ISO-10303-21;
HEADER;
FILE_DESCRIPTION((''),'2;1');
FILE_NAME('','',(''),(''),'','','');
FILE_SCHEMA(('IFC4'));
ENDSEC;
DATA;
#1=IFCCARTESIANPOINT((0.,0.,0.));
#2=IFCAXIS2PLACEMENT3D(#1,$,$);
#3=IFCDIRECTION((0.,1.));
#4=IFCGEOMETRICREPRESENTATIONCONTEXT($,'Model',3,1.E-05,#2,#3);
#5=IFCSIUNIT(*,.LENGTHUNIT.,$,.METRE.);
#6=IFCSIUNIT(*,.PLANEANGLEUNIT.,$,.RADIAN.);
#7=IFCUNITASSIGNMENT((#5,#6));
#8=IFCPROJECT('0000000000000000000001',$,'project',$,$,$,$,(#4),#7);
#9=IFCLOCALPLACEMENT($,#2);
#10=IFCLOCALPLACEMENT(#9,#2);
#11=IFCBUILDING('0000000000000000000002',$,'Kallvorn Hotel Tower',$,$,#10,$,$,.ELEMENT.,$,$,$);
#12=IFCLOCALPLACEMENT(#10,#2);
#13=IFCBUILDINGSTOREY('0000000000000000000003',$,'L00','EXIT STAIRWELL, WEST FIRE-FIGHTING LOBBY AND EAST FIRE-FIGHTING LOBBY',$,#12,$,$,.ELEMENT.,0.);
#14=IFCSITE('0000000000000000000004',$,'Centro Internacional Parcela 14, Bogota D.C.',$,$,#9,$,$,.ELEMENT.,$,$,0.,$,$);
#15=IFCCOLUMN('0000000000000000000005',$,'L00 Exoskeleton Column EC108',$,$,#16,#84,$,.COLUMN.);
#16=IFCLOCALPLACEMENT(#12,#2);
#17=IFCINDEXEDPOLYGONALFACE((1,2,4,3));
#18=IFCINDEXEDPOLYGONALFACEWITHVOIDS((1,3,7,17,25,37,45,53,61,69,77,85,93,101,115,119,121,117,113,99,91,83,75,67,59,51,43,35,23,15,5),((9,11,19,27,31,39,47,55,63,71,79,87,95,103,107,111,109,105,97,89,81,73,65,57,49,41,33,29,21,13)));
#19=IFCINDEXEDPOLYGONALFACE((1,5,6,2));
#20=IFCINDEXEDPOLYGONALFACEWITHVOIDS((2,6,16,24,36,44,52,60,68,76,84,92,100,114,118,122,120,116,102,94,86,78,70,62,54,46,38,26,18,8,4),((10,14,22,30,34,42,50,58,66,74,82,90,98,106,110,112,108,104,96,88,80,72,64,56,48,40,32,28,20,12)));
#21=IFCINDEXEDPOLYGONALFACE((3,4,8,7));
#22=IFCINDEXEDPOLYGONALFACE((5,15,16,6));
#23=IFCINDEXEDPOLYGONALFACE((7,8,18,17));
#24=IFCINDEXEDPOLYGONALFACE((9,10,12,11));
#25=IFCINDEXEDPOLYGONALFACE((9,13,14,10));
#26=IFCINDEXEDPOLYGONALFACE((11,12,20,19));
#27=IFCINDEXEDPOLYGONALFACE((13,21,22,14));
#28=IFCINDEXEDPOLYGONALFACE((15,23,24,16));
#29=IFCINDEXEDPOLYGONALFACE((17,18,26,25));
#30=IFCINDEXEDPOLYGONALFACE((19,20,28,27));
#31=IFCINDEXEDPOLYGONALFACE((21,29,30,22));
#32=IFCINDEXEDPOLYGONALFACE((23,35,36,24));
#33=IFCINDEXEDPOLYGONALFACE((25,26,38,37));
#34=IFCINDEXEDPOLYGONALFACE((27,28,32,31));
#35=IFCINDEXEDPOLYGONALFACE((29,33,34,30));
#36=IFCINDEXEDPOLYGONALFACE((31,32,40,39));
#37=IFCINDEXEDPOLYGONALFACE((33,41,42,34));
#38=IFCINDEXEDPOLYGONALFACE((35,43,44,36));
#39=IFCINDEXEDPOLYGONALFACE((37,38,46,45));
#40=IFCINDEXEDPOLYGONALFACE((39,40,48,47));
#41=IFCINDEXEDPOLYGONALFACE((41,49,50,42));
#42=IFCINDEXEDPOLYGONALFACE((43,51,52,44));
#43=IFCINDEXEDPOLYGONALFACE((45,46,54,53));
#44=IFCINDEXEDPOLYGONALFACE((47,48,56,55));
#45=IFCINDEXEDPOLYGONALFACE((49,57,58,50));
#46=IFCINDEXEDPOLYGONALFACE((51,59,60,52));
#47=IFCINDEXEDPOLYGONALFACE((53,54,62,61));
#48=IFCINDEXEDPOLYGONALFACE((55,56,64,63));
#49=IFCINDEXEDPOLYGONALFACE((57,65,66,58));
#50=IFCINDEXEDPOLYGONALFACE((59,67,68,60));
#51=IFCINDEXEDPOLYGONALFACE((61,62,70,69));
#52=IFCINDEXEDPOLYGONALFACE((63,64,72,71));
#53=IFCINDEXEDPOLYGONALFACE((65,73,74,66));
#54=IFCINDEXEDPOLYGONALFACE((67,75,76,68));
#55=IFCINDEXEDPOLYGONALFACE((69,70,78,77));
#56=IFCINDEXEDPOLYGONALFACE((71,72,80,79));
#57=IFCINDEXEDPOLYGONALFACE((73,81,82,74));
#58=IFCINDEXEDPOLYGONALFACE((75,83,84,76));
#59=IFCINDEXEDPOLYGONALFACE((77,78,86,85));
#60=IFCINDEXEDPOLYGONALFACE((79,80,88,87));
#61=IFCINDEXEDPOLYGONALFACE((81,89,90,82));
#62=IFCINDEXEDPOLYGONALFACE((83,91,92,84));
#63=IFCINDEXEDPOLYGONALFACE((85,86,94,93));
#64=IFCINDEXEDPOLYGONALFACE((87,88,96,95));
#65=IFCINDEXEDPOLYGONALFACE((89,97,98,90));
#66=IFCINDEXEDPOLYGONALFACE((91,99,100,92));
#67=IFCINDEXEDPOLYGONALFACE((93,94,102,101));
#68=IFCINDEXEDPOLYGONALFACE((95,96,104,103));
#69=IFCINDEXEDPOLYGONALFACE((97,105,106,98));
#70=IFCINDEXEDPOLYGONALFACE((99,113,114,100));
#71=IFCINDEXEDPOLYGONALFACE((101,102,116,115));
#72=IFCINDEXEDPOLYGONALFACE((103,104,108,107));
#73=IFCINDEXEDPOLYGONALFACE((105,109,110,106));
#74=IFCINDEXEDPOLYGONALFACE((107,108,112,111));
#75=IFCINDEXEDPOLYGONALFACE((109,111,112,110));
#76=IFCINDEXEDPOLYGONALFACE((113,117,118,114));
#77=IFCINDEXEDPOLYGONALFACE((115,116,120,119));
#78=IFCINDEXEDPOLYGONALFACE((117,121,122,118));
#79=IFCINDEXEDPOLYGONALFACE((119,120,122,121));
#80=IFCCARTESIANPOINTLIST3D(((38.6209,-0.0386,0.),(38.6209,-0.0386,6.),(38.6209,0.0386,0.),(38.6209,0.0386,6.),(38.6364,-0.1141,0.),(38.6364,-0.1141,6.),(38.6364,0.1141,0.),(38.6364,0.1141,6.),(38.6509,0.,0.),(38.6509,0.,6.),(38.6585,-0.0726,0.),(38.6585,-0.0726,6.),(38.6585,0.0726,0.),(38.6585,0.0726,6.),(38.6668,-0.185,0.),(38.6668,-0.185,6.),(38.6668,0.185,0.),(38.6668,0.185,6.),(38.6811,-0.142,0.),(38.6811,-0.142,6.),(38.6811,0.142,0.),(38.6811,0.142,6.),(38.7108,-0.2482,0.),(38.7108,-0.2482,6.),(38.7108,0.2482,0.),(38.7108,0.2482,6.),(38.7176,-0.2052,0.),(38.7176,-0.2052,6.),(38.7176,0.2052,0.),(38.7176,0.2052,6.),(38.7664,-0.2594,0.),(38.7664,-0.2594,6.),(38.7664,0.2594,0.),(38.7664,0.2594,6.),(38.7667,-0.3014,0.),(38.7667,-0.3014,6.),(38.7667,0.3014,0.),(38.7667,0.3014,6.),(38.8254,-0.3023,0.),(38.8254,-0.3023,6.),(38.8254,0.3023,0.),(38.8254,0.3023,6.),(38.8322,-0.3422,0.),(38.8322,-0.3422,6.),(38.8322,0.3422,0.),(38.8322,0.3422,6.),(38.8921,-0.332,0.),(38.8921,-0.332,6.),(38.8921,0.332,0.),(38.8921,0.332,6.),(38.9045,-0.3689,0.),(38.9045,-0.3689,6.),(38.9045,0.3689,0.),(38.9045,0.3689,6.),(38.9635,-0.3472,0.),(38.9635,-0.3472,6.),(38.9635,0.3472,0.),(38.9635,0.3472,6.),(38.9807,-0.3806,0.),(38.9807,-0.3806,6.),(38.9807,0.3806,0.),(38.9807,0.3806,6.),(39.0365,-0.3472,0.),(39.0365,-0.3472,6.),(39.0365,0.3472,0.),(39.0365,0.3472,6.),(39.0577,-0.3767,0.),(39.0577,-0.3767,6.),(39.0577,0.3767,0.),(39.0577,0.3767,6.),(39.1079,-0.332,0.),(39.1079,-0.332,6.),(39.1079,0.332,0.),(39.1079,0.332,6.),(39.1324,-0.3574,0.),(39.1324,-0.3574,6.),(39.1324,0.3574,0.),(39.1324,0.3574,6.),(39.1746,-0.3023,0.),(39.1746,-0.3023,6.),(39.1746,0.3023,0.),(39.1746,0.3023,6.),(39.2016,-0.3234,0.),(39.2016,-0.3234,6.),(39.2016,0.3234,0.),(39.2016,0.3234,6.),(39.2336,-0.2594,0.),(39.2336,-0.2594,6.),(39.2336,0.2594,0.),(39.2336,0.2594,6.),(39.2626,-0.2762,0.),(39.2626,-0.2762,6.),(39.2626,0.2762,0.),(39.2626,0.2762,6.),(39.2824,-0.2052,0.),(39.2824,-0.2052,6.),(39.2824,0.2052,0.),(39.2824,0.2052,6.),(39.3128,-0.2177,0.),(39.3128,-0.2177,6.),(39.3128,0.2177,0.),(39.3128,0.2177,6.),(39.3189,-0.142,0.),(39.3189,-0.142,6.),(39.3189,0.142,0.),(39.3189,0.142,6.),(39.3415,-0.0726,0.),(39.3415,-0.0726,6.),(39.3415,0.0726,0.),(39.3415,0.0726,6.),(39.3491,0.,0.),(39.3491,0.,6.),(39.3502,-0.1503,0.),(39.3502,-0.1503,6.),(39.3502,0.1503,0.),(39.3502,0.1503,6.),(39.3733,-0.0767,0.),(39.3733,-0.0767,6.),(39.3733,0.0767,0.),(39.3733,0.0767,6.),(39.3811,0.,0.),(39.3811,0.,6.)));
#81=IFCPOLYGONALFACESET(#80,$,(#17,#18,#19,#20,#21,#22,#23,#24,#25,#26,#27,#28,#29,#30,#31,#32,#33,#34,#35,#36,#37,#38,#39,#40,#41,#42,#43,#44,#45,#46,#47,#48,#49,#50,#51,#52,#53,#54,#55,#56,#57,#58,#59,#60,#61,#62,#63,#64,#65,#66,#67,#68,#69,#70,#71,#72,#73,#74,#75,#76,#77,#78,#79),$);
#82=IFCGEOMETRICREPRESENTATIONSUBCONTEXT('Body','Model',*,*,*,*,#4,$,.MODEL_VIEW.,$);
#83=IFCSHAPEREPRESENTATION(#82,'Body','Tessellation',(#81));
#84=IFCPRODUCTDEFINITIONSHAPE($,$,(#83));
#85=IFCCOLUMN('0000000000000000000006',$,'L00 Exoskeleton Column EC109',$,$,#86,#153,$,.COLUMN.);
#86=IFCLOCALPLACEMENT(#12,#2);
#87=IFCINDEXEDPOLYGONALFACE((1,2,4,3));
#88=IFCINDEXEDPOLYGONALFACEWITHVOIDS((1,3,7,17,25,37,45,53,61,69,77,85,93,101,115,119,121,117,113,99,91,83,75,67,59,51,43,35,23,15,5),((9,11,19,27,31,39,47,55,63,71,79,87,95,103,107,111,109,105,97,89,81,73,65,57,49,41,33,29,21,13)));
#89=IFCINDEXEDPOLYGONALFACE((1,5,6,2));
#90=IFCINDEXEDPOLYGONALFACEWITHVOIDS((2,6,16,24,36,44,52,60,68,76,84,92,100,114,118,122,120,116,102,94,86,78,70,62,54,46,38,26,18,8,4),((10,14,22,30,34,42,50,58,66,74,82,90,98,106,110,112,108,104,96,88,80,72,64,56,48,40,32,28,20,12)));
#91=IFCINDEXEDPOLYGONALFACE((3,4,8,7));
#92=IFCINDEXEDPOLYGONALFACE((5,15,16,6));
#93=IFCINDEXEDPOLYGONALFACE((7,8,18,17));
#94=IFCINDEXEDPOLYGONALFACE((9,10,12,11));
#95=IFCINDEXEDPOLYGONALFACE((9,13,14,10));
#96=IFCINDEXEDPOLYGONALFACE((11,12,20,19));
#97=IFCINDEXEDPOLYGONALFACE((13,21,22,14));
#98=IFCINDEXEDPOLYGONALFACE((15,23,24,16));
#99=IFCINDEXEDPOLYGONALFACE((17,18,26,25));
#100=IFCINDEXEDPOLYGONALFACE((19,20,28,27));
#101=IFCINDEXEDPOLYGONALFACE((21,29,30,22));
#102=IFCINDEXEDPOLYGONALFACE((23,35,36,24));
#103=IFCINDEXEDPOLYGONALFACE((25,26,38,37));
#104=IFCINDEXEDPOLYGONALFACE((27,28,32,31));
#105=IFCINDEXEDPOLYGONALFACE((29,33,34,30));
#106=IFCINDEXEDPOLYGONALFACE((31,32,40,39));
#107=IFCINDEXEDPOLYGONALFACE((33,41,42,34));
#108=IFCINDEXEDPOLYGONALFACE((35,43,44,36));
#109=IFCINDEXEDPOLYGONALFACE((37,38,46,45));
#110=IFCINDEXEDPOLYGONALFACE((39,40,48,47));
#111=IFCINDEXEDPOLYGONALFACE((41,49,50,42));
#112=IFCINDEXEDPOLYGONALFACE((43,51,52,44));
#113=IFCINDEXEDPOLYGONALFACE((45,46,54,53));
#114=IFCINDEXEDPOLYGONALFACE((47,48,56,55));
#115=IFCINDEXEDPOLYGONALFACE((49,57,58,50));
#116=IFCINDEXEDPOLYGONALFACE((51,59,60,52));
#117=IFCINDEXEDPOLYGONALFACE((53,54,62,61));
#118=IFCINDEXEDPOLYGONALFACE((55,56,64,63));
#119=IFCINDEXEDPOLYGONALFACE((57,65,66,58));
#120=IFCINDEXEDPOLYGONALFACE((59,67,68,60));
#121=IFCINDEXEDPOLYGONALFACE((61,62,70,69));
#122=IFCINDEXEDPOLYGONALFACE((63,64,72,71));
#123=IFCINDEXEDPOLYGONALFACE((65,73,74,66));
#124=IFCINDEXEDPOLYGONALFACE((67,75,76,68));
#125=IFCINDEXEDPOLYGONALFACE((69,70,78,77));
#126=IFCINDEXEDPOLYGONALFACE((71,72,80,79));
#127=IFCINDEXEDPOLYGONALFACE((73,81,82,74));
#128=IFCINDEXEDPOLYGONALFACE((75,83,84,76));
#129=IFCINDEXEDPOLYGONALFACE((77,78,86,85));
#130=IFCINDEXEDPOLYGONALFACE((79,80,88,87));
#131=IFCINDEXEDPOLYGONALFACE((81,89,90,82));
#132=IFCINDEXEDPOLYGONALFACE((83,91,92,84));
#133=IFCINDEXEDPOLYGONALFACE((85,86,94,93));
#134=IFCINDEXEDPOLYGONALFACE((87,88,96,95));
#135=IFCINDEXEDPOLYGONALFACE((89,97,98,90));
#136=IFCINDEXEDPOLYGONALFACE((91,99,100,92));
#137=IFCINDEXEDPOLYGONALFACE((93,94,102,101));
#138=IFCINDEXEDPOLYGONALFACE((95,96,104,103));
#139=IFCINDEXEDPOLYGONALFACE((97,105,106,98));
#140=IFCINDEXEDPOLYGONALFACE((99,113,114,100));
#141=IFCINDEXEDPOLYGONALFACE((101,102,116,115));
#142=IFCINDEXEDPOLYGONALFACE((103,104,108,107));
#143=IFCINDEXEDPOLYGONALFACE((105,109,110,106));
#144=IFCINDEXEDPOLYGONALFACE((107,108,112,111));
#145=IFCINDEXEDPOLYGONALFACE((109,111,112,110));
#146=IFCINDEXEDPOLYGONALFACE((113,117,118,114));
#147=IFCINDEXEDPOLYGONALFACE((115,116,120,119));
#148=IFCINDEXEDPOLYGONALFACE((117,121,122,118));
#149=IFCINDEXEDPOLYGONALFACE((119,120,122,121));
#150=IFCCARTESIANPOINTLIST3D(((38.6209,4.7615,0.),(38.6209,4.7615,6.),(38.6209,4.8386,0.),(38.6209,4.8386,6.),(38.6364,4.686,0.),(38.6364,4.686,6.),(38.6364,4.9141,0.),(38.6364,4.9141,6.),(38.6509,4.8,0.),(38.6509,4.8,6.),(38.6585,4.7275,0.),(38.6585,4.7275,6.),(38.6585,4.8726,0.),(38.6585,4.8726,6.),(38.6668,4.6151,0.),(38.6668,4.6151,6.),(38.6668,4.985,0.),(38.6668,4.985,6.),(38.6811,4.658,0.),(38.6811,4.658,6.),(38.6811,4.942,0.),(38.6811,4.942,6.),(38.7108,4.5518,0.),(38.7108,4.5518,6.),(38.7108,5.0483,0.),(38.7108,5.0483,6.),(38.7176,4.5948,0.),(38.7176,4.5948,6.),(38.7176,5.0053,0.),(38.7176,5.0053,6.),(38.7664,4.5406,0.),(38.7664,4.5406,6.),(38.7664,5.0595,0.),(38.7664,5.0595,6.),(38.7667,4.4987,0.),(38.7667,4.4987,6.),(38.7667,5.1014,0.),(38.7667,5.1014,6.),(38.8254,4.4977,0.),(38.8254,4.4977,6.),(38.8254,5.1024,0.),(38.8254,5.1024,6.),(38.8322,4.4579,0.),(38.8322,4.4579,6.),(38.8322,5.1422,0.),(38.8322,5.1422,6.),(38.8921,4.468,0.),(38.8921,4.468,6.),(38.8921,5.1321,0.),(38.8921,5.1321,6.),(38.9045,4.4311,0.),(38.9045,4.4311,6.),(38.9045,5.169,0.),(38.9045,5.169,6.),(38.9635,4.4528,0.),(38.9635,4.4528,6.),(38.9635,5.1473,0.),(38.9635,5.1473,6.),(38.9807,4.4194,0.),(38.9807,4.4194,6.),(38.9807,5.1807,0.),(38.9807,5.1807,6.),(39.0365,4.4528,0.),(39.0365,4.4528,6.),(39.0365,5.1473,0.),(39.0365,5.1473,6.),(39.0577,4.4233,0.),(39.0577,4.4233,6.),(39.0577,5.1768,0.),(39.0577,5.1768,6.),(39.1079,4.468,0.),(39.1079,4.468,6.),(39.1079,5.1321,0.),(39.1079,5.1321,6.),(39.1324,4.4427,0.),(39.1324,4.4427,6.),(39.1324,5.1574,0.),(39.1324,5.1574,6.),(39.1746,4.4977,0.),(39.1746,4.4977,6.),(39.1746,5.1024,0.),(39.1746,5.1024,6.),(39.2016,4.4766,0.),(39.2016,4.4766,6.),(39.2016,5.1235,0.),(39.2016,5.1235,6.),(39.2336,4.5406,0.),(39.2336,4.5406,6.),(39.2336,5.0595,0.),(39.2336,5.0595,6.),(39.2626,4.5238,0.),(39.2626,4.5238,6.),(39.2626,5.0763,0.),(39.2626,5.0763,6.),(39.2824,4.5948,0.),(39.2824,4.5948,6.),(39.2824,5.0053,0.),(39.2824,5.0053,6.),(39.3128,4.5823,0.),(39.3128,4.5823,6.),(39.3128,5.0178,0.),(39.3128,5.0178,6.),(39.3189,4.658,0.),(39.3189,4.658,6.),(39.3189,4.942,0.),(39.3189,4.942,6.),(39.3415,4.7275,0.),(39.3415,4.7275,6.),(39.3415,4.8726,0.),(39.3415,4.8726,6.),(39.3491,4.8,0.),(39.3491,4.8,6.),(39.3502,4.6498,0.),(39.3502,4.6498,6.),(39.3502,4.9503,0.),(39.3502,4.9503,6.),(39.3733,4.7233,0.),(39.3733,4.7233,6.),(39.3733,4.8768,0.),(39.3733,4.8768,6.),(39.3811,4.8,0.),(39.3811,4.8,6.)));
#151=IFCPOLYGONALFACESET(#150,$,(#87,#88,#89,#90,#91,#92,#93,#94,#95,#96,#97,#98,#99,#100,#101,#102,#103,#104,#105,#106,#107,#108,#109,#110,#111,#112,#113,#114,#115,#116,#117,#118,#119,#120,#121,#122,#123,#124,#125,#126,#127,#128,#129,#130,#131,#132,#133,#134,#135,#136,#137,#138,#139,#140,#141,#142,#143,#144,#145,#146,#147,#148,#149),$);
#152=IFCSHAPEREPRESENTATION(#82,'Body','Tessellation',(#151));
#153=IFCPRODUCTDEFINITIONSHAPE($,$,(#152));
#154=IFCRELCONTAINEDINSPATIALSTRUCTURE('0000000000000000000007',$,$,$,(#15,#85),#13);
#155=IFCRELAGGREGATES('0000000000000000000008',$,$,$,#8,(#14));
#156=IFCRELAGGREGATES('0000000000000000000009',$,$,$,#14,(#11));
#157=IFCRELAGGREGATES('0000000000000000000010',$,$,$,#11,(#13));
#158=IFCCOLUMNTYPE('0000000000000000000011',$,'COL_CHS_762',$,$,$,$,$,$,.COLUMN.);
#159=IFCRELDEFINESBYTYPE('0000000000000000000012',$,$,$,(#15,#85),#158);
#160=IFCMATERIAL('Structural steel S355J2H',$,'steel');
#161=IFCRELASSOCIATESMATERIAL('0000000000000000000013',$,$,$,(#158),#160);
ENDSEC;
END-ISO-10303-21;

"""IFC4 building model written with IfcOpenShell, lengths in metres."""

from ifc_helpers import new_model, si_unit, direction, frame, origin, origin_2d, place, context, subcontext, project, spatial, hollow_circle, extrude, material, material_profile, profile_set, type_object, element, save


model = new_model("IFC4")

# Units and contexts
model_context = context("Model", 3, precision=1e-05, world=origin(), true_north=direction((0.0, 1.0)))
body_context = subcontext(model_context, "Body", "Model", "MODEL_VIEW")
ifc_project = project(units=[si_unit("LENGTHUNIT", "METRE"), si_unit("PLANEANGLEUNIT", "RADIAN")], contexts=[model_context])

# Site, building, storey
site_placement = place(None, origin())
site = spatial("IfcSite", under=ifc_project, at=site_placement, Name="Centro Internacional Parcela 14, Bogota D.C.", CompositionType="ELEMENT", RefElevation=0.0)
building_placement = place(site_placement, origin())
building = spatial("IfcBuilding", under=site, at=building_placement, Name="Kallvorn Hotel Tower", CompositionType="ELEMENT")
storey_placement = place(building_placement, origin())
storey = spatial("IfcBuildingStorey", under=building, at=storey_placement, Name="L00", Description="EXIT STAIRWELL, WEST FIRE-FIGHTING LOBBY AND EAST FIRE-FIGHTING LOBBY", CompositionType="ELEMENT", Elevation=0.0)

# Columns
ifc_material_1 = material(Name="Structural steel S355J2H", Category="steel")
ifc_material_profile_1 = material_profile(ifc_material_1, hollow_circle(Radius=0.3811, WallThickness=0.032, at=origin_2d()), Name="CHS 762x32")
ifc_profile_set_1 = profile_set([ifc_material_profile_1], Name="Structural steel S355J2H")
column_type_1 = type_object("IfcColumnType", Name="COL_CHS_762", PredefinedType="COLUMN", material=ifc_profile_set_1)
for number, where, z_axis, x_axis, name in (
    (1, (39.0, 0.0, 0.0), (0.0, 0.0, 1.0), (1.0, 0.0, 0.0), "L00 Exoskeleton Column EC108"),
    (2, (39.0, 4.8, 0.0), (0.0, 0.0, 1.0), (1.0, 0.0, 0.0), "L00 Exoskeleton Column EC109"),
):
    element("IfcColumn", number, at=place(storey_placement, frame(where, z_axis=z_axis, x_axis=x_axis)), inside=storey, type_object=column_type_1, Name=name, PredefinedType="COLUMN", context=body_context, shape_type="SweptSolid", body=[
        extrude(hollow_circle(Radius=0.3811, WallThickness=0.032, at=origin_2d()), origin(), (0.0, 0.0, 1.0), 6.0),
    ])

save(model, "model.ifc")
